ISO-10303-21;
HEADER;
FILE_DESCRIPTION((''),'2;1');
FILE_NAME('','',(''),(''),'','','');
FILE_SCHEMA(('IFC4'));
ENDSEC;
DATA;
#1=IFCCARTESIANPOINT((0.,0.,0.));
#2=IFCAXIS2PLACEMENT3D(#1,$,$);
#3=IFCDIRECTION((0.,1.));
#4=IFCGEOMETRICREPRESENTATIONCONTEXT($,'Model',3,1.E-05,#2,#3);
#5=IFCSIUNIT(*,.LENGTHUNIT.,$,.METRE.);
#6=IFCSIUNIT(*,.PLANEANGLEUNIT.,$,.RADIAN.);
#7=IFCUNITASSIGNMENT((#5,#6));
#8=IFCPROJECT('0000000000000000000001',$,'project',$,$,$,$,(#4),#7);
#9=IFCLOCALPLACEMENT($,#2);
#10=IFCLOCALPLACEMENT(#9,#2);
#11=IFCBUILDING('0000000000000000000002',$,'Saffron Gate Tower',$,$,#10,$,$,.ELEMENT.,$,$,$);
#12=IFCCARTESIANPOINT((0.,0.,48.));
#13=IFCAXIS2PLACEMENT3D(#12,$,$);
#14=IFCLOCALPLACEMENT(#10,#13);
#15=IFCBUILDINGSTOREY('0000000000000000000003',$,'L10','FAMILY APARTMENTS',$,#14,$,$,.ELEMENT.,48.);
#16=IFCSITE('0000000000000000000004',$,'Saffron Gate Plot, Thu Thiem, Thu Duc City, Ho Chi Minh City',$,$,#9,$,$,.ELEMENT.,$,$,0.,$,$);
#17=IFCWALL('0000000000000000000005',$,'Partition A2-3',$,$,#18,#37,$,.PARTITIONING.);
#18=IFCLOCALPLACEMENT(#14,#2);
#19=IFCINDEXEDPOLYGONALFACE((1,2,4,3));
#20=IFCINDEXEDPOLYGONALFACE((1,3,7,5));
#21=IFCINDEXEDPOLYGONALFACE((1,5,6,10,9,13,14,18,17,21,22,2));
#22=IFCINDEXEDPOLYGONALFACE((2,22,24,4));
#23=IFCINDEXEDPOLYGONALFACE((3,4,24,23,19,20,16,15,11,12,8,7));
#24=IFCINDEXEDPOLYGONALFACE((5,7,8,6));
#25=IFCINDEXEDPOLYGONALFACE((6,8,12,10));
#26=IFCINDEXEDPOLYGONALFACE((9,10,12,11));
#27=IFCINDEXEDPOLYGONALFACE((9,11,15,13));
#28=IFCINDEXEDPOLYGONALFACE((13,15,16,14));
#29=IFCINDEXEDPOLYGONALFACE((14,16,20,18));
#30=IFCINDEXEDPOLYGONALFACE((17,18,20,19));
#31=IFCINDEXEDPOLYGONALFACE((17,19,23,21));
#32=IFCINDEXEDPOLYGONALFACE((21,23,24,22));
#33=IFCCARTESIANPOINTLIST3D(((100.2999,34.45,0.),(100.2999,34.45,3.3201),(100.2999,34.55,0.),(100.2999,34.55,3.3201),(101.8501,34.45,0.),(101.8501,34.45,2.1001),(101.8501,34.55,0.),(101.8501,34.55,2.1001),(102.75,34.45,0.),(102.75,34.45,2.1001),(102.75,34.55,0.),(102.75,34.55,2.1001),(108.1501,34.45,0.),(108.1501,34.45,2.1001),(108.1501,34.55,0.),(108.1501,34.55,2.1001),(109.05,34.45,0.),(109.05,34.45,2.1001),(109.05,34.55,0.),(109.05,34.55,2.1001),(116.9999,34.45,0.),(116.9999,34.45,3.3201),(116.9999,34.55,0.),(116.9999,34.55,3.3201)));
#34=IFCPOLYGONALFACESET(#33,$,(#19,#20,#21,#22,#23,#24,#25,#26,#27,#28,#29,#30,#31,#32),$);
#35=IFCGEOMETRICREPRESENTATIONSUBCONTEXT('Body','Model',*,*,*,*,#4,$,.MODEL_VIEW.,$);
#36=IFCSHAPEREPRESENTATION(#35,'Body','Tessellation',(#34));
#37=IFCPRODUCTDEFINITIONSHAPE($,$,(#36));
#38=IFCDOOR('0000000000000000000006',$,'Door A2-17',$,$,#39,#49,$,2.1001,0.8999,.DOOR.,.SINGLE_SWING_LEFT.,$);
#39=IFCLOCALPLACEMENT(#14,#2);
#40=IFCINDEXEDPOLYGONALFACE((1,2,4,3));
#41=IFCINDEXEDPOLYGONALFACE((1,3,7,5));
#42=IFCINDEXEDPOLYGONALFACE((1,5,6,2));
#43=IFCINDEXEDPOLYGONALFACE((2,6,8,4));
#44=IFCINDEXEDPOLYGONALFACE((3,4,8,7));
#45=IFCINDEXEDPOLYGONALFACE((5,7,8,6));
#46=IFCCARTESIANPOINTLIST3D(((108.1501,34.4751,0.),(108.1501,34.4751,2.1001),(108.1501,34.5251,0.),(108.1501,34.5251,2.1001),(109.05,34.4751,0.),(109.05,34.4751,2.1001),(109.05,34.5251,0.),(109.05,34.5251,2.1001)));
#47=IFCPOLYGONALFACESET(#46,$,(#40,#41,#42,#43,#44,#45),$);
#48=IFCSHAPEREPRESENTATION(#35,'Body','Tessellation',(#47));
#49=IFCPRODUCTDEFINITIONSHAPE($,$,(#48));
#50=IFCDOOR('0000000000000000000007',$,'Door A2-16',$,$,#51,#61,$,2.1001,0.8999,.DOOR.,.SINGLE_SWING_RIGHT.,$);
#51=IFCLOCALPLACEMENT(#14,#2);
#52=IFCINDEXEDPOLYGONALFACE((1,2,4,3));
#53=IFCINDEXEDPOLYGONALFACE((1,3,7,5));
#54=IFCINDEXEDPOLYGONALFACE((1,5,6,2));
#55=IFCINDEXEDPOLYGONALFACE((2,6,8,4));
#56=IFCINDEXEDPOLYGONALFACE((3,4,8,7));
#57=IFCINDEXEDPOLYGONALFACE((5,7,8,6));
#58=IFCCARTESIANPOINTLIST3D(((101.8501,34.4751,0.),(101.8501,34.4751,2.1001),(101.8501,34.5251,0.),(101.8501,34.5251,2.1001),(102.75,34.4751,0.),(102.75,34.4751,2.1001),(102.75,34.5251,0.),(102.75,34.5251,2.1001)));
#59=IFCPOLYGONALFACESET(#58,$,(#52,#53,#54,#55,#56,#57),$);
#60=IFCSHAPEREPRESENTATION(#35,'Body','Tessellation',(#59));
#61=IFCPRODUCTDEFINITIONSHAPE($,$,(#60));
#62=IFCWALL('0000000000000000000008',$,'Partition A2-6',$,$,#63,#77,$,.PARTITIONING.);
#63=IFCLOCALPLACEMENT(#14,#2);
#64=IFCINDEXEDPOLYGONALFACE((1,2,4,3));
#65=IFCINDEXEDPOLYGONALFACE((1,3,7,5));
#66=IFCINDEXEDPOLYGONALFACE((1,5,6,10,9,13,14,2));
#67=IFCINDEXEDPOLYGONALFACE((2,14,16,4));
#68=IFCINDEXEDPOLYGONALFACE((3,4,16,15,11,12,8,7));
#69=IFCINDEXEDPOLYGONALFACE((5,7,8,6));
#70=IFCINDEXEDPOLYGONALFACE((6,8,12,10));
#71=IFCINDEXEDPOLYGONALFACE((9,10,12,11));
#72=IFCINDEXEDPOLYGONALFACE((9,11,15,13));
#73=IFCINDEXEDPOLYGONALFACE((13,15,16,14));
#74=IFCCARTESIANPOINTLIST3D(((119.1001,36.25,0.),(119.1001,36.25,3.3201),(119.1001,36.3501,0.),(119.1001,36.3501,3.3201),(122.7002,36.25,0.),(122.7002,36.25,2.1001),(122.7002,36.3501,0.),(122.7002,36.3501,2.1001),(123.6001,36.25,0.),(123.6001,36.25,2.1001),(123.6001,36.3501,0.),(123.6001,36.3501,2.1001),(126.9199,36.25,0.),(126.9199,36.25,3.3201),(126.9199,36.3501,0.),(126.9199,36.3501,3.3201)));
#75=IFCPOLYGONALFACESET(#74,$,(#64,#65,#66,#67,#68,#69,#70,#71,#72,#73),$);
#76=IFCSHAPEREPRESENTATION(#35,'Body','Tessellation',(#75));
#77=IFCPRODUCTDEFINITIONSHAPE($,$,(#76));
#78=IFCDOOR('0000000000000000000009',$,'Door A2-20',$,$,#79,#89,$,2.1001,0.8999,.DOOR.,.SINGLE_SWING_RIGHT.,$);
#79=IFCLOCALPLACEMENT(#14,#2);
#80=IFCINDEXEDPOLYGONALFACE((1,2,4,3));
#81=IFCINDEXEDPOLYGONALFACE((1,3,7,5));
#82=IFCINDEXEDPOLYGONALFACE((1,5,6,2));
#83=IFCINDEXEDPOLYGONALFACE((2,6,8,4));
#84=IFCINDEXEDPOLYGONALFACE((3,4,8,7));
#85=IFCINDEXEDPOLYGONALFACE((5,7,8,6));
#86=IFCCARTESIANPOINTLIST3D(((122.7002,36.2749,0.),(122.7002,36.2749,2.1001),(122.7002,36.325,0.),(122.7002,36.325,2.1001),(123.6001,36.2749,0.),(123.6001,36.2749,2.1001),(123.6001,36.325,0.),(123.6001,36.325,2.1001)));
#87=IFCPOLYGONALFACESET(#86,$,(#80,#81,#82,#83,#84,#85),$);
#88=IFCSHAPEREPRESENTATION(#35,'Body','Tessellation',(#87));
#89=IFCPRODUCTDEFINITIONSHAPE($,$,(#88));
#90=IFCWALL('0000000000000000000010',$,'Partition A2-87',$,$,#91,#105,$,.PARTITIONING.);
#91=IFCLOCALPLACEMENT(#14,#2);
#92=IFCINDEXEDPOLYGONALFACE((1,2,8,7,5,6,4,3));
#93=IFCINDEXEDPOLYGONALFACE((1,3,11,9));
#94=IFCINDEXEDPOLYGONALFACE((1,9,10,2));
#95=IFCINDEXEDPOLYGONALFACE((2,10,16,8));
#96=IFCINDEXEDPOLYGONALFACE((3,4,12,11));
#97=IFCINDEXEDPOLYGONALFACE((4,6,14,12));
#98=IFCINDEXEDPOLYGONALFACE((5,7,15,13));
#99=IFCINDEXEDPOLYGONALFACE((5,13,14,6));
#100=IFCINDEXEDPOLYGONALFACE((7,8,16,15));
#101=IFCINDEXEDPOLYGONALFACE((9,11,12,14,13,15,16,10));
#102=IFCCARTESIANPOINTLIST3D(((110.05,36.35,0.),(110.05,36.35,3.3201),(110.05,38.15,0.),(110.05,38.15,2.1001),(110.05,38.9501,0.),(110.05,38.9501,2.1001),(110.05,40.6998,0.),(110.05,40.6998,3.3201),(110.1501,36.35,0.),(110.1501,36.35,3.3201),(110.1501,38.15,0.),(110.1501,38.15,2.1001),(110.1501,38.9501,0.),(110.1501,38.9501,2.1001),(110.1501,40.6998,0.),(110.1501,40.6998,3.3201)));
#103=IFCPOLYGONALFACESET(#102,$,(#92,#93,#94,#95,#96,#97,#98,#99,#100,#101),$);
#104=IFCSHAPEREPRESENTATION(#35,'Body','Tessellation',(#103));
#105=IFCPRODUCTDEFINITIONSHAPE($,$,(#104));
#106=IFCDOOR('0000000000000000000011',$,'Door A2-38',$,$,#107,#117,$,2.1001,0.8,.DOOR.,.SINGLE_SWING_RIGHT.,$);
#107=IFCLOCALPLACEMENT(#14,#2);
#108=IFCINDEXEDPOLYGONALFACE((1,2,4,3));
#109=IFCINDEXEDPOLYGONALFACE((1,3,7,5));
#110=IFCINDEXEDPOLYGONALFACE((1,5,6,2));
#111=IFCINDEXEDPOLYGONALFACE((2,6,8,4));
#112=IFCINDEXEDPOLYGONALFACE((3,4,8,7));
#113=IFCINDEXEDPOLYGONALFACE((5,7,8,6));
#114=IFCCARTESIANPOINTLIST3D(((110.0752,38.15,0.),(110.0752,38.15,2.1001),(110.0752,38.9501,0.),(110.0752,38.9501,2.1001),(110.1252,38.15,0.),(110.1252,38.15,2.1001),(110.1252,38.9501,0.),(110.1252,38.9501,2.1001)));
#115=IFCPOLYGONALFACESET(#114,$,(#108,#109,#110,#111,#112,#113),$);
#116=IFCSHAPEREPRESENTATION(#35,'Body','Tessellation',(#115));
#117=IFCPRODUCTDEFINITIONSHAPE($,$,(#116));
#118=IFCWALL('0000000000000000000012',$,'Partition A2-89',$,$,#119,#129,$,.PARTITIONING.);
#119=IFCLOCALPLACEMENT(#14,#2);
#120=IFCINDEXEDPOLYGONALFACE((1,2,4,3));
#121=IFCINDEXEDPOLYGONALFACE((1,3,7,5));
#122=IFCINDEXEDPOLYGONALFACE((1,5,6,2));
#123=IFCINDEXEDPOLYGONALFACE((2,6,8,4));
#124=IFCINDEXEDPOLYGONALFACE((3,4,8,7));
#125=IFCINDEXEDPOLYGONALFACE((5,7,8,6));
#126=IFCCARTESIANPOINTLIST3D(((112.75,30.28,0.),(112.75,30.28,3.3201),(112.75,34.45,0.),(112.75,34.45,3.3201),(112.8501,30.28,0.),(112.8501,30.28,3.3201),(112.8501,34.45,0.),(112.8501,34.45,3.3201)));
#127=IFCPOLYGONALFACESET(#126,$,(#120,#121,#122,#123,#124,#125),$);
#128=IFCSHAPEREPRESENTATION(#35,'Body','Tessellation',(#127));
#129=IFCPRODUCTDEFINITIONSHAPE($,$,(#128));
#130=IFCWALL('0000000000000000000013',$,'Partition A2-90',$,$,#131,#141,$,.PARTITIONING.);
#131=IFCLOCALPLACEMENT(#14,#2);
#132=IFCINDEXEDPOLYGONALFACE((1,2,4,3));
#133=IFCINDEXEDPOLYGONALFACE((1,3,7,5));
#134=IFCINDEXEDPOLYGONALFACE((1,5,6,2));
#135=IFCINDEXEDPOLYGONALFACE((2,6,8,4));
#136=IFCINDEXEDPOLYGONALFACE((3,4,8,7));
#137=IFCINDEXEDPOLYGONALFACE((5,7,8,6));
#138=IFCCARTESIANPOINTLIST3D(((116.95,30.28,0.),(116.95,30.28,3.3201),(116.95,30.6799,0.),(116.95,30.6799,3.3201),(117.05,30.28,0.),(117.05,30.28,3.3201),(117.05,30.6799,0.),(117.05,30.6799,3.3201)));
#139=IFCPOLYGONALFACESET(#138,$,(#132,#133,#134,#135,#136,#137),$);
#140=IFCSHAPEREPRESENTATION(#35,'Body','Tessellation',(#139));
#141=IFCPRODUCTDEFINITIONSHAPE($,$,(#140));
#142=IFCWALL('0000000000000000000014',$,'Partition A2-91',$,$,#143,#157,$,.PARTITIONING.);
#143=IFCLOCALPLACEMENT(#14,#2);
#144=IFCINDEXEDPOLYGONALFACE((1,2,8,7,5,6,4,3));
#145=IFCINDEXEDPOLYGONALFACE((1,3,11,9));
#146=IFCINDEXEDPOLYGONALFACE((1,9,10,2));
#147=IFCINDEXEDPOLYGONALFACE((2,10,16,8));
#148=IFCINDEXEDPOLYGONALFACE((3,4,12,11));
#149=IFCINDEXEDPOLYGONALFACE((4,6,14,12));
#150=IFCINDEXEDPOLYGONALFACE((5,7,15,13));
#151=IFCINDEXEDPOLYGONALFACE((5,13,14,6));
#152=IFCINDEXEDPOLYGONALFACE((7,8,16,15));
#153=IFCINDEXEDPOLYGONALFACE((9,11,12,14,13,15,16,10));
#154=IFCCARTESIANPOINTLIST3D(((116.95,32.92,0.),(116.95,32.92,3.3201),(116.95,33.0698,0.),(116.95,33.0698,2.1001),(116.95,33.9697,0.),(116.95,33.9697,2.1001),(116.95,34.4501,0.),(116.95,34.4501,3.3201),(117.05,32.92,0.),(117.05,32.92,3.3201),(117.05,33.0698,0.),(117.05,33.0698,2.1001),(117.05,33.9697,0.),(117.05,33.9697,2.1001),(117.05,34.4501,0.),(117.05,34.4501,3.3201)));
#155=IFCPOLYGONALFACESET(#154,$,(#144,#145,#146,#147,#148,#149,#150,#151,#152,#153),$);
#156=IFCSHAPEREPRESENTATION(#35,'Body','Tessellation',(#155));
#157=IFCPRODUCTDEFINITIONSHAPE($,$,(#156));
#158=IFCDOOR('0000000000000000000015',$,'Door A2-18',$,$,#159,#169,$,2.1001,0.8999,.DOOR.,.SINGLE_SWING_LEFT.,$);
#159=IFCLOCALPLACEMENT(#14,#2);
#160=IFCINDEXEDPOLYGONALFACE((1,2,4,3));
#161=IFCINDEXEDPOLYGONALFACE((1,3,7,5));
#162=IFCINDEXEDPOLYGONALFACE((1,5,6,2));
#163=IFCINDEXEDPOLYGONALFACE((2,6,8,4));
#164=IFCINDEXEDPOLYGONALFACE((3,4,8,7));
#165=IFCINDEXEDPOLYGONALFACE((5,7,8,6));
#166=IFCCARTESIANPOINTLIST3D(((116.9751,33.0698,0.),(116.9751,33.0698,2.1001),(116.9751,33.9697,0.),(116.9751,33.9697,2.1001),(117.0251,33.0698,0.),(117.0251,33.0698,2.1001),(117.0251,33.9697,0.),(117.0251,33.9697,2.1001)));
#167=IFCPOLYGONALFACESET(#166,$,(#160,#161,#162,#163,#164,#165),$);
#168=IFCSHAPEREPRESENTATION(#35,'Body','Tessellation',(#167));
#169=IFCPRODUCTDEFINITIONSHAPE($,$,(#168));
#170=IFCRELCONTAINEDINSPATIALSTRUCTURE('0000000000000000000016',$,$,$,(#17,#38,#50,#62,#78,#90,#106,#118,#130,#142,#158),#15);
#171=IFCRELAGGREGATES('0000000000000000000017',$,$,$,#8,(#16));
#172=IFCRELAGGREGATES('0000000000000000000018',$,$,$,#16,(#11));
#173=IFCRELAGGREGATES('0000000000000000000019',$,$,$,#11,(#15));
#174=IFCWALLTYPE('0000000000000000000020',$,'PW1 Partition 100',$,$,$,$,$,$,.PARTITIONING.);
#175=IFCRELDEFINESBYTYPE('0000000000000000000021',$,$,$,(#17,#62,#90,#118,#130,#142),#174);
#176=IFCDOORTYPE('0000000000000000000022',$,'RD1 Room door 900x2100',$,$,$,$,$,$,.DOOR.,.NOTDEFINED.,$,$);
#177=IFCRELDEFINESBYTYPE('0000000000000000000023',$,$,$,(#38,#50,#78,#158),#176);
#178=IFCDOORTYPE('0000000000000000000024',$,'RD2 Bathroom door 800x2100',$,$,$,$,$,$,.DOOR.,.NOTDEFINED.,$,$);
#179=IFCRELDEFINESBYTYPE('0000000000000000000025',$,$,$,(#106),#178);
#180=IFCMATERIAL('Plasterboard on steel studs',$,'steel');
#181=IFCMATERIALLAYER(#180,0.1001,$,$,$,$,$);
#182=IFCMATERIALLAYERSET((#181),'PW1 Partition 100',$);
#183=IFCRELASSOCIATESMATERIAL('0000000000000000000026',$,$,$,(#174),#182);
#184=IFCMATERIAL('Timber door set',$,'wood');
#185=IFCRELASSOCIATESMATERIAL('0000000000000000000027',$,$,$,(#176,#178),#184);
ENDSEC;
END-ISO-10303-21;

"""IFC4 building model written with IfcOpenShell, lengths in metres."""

from ifc_helpers import new_model, si_unit, direction, frame, frame_2d, origin, place, context, subcontext, project, spatial, rectangle, extrude, material, layer, layer_set, type_object, element, fill, save


model = new_model("IFC4")

# Units and contexts
model_context = context("Model", 3, precision=1e-05, world=origin(), true_north=direction((0.0, 1.0)))
body_context = subcontext(model_context, "Body", "Model", "MODEL_VIEW")
ifc_project = project(units=[si_unit("LENGTHUNIT", "METRE"), si_unit("PLANEANGLEUNIT", "RADIAN")], contexts=[model_context])

# Site, building, storey
site_placement = place(None, origin())
site = spatial("IfcSite", under=ifc_project, at=site_placement, Name="Saffron Gate Plot, Thu Thiem, Thu Duc City, Ho Chi Minh City", CompositionType="ELEMENT", RefElevation=0.0)
building_placement = place(site_placement, origin())
building = spatial("IfcBuilding", under=site, at=building_placement, Name="Saffron Gate Tower", CompositionType="ELEMENT")
storey_placement = place(building_placement, frame((0.0, 0.0, 48.0)))
storey = spatial("IfcBuildingStorey", under=building, at=storey_placement, Name="L10", Description="FAMILY APARTMENTS", CompositionType="ELEMENT", Elevation=48.0)

# Wall, openings, doors
ifc_material_1 = material(Name="Plasterboard on steel studs", Category="steel")
ifc_layer_1 = layer(ifc_material_1, 0.1001)
ifc_layer_set_1 = layer_set([ifc_layer_1], Name="PW1 Partition 100")
wall_type = type_object("IfcWallType", Name="PW1 Partition 100", PredefinedType="PARTITIONING", material=ifc_layer_set_1)
wall_1_placement = place(storey_placement, frame((117.0, 34.5, 0.0), z_axis=(0.0, 0.0, 1.0), x_axis=(-1.0, 0.0, 0.0)))
wall_1 = element("IfcWall", 1, at=wall_1_placement, inside=storey, type_object=wall_type, Name="Partition A2-3", PredefinedType="PARTITIONING", context=body_context, shape_type="SweptSolid", body=[
    extrude(rectangle(XDim=16.7, YDim=0.1001, at=frame_2d((8.3501, 0.0))), origin(), (0.0, 0.0, 1.0), 3.3201),
])
opening_1_placement = place(wall_1_placement, frame((7.95, 0.0, 0.0)))
opening_1 = element("IfcOpeningElement", 2, at=opening_1_placement, cuts=wall_1, PredefinedType="OPENING", context=body_context, shape_type="SweptSolid", body=[
    extrude(rectangle(XDim=0.8999, YDim=2.1001, at=frame_2d((0.45, 1.05))), frame((0.0, 0.0601, 0.0), z_axis=(0.0, -1.0, 0.0), x_axis=(1.0, 0.0, 0.0)), (0.0, 0.0, 1.0), 0.1201),
])
opening_2_placement = place(wall_1_placement, frame((14.25, 0.0, 0.0)))
opening_2 = element("IfcOpeningElement", 3, at=opening_2_placement, cuts=wall_1, PredefinedType="OPENING", context=body_context, shape_type="SweptSolid", body=[
    extrude(rectangle(XDim=0.8999, YDim=2.1001, at=frame_2d((0.45, 1.05))), frame((0.0, 0.0601, 0.0), z_axis=(0.0, -1.0, 0.0), x_axis=(1.0, 0.0, 0.0)), (0.0, 0.0, 1.0), 0.1201),
])
ifc_material_2 = material(Name="Timber door set", Category="wood")
door_type_1 = type_object("IfcDoorType", Name="RD1 Room door 900x2100", OperationType="NOTDEFINED", PredefinedType="DOOR", material=ifc_material_2)
door_1_placement = place(opening_1_placement, origin())
door_1 = element("IfcDoor", 4, at=door_1_placement, inside=storey, type_object=door_type_1, Name="Door A2-17", OperationType="SINGLE_SWING_LEFT", OverallHeight=2.1001, OverallWidth=0.8999, PredefinedType="DOOR", context=body_context, shape_type="SweptSolid", body=[
    extrude(rectangle(XDim=0.8999, YDim=2.1001, at=frame_2d((0.45, 1.05))), frame((0.0, 0.0249, 0.0), z_axis=(0.0, -1.0, 0.0), x_axis=(1.0, 0.0, 0.0)), (0.0, 0.0, 1.0), 0.05),
])
fill(opening_1, door_1)
door_2_placement = place(opening_2_placement, origin())
door_2 = element("IfcDoor", 5, at=door_2_placement, inside=storey, type_object=door_type_1, Name="Door A2-16", OperationType="SINGLE_SWING_RIGHT", OverallHeight=2.1001, OverallWidth=0.8999, PredefinedType="DOOR", context=body_context, shape_type="SweptSolid", body=[
    extrude(rectangle(XDim=0.8999, YDim=2.1001, at=frame_2d((0.45, 1.05))), frame((0.0, 0.0249, 0.0), z_axis=(0.0, -1.0, 0.0), x_axis=(1.0, 0.0, 0.0)), (0.0, 0.0, 1.0), 0.05),
])
fill(opening_2, door_2)

# Walls, openings, doors
wall_2_placement = place(storey_placement, frame((119.1001, 36.3, 0.0), z_axis=(0.0, 0.0, 1.0), x_axis=(1.0, 0.0, 0.0)))
wall_2 = element("IfcWall", 6, at=wall_2_placement, inside=storey, type_object=wall_type, Name="Partition A2-6", PredefinedType="PARTITIONING", context=body_context, shape_type="SweptSolid", body=[
    extrude(rectangle(XDim=7.8198, YDim=0.1001, at=frame_2d((3.9099, 0.0))), origin(), (0.0, 0.0, 1.0), 3.3201),
])
opening_3_placement = place(wall_2_placement, frame((3.6001, 0.0, 0.0)))
opening_3 = element("IfcOpeningElement", 7, at=opening_3_placement, cuts=wall_2, PredefinedType="OPENING", context=body_context, shape_type="SweptSolid", body=[
    extrude(rectangle(XDim=0.8999, YDim=2.1001, at=frame_2d((0.45, 1.05))), frame((0.0, 0.0601, 0.0), z_axis=(0.0, -1.0, 0.0), x_axis=(1.0, 0.0, 0.0)), (0.0, 0.0, 1.0), 0.1201),
])
door_3_placement = place(opening_3_placement, origin())
door_3 = element("IfcDoor", 8, at=door_3_placement, inside=storey, type_object=door_type_1, Name="Door A2-20", OperationType="SINGLE_SWING_RIGHT", OverallHeight=2.1001, OverallWidth=0.8999, PredefinedType="DOOR", context=body_context, shape_type="SweptSolid", body=[
    extrude(rectangle(XDim=0.8999, YDim=2.1001, at=frame_2d((0.45, 1.05))), frame((0.0, 0.0249, 0.0), z_axis=(0.0, -1.0, 0.0), x_axis=(1.0, 0.0, 0.0)), (0.0, 0.0, 1.0), 0.05),
])
fill(opening_3, door_3)
wall_3_placement = place(storey_placement, frame((110.1001, 36.3501, 0.0), z_axis=(0.0, 0.0, 1.0), x_axis=(0.0, 1.0, 0.0)))
wall_3 = element("IfcWall", 9, at=wall_3_placement, inside=storey, type_object=wall_type, Name="Partition A2-87", PredefinedType="PARTITIONING", context=body_context, shape_type="SweptSolid", body=[
    extrude(rectangle(XDim=4.3499, YDim=0.1001, at=frame_2d((2.1748, 0.0))), origin(), (0.0, 0.0, 1.0), 3.3201),
])
opening_4_placement = place(wall_3_placement, frame((1.8, 0.0, 0.0)))
opening_4 = element("IfcOpeningElement", 10, at=opening_4_placement, cuts=wall_3, PredefinedType="OPENING", context=body_context, shape_type="SweptSolid", body=[
    extrude(rectangle(XDim=0.8, YDim=2.1001, at=frame_2d((0.3999, 1.05))), frame((0.0, 0.0601, 0.0), z_axis=(0.0, -1.0, 0.0), x_axis=(1.0, 0.0, 0.0)), (0.0, 0.0, 1.0), 0.1201),
])
door_type_2 = type_object("IfcDoorType", Name="RD2 Bathroom door 800x2100", OperationType="NOTDEFINED", PredefinedType="DOOR", material=ifc_material_2)
door_4_placement = place(opening_4_placement, origin())
door_4 = element("IfcDoor", 11, at=door_4_placement, inside=storey, type_object=door_type_2, Name="Door A2-38", OperationType="SINGLE_SWING_RIGHT", OverallHeight=2.1001, OverallWidth=0.8, PredefinedType="DOOR", context=body_context, shape_type="SweptSolid", body=[
    extrude(rectangle(XDim=0.8, YDim=2.1001, at=frame_2d((0.3999, 1.05))), frame((0.0, 0.0249, 0.0), z_axis=(0.0, -1.0, 0.0), x_axis=(1.0, 0.0, 0.0)), (0.0, 0.0, 1.0), 0.05),
])
fill(opening_4, door_4)

# Walls
wall_4_placement = place(storey_placement, frame((112.8, 34.45, 0.0), z_axis=(0.0, 0.0, 1.0), x_axis=(0.0, -1.0, 0.0)))
element("IfcWall", 12, at=wall_4_placement, inside=storey, type_object=wall_type, Name="Partition A2-89", PredefinedType="PARTITIONING", context=body_context, shape_type="SweptSolid", body=[
    extrude(rectangle(XDim=4.1699, YDim=0.1001, at=frame_2d((2.085, 0.0))), origin(), (0.0, 0.0, 1.0), 3.3201),
])
wall_5_placement = place(storey_placement, frame((117.0, 30.6799, 0.0), z_axis=(0.0, 0.0, 1.0), x_axis=(0.0, -1.0, 0.0)))
element("IfcWall", 13, at=wall_5_placement, inside=storey, type_object=wall_type, Name="Partition A2-90", PredefinedType="PARTITIONING", context=body_context, shape_type="SweptSolid", body=[
    extrude(rectangle(XDim=0.3999, YDim=0.1001, at=frame_2d((0.2, 0.0))), origin(), (0.0, 0.0, 1.0), 3.3201),
])

# Wall, opening, door
wall_6_placement = place(storey_placement, frame((117.0, 32.9199, 0.0), z_axis=(0.0, 0.0, 1.0), x_axis=(0.0, 1.0, 0.0)))
wall_6 = element("IfcWall", 14, at=wall_6_placement, inside=storey, type_object=wall_type, Name="Partition A2-91", PredefinedType="PARTITIONING", context=body_context, shape_type="SweptSolid", body=[
    extrude(rectangle(XDim=1.53, YDim=0.1001, at=frame_2d((0.7651, 0.0))), origin(), (0.0, 0.0, 1.0), 3.3201),
])
opening_5_placement = place(wall_6_placement, frame((0.1499, 0.0, 0.0)))
opening_5 = element("IfcOpeningElement", 15, at=opening_5_placement, cuts=wall_6, PredefinedType="OPENING", context=body_context, shape_type="SweptSolid", body=[
    extrude(rectangle(XDim=0.8999, YDim=2.1001, at=frame_2d((0.45, 1.05))), frame((0.0, 0.0601, 0.0), z_axis=(0.0, -1.0, 0.0), x_axis=(1.0, 0.0, 0.0)), (0.0, 0.0, 1.0), 0.1201),
])
door_5_placement = place(opening_5_placement, origin())
door_5 = element("IfcDoor", 16, at=door_5_placement, inside=storey, type_object=door_type_1, Name="Door A2-18", OperationType="SINGLE_SWING_LEFT", OverallHeight=2.1001, OverallWidth=0.8999, PredefinedType="DOOR", context=body_context, shape_type="SweptSolid", body=[
    extrude(rectangle(XDim=0.8999, YDim=2.1001, at=frame_2d((0.45, 1.05))), frame((0.0, 0.0249, 0.0), z_axis=(0.0, -1.0, 0.0), x_axis=(1.0, 0.0, 0.0)), (0.0, 0.0, 1.0), 0.05),
])
fill(opening_5, door_5)

save(model, "model.ifc")
